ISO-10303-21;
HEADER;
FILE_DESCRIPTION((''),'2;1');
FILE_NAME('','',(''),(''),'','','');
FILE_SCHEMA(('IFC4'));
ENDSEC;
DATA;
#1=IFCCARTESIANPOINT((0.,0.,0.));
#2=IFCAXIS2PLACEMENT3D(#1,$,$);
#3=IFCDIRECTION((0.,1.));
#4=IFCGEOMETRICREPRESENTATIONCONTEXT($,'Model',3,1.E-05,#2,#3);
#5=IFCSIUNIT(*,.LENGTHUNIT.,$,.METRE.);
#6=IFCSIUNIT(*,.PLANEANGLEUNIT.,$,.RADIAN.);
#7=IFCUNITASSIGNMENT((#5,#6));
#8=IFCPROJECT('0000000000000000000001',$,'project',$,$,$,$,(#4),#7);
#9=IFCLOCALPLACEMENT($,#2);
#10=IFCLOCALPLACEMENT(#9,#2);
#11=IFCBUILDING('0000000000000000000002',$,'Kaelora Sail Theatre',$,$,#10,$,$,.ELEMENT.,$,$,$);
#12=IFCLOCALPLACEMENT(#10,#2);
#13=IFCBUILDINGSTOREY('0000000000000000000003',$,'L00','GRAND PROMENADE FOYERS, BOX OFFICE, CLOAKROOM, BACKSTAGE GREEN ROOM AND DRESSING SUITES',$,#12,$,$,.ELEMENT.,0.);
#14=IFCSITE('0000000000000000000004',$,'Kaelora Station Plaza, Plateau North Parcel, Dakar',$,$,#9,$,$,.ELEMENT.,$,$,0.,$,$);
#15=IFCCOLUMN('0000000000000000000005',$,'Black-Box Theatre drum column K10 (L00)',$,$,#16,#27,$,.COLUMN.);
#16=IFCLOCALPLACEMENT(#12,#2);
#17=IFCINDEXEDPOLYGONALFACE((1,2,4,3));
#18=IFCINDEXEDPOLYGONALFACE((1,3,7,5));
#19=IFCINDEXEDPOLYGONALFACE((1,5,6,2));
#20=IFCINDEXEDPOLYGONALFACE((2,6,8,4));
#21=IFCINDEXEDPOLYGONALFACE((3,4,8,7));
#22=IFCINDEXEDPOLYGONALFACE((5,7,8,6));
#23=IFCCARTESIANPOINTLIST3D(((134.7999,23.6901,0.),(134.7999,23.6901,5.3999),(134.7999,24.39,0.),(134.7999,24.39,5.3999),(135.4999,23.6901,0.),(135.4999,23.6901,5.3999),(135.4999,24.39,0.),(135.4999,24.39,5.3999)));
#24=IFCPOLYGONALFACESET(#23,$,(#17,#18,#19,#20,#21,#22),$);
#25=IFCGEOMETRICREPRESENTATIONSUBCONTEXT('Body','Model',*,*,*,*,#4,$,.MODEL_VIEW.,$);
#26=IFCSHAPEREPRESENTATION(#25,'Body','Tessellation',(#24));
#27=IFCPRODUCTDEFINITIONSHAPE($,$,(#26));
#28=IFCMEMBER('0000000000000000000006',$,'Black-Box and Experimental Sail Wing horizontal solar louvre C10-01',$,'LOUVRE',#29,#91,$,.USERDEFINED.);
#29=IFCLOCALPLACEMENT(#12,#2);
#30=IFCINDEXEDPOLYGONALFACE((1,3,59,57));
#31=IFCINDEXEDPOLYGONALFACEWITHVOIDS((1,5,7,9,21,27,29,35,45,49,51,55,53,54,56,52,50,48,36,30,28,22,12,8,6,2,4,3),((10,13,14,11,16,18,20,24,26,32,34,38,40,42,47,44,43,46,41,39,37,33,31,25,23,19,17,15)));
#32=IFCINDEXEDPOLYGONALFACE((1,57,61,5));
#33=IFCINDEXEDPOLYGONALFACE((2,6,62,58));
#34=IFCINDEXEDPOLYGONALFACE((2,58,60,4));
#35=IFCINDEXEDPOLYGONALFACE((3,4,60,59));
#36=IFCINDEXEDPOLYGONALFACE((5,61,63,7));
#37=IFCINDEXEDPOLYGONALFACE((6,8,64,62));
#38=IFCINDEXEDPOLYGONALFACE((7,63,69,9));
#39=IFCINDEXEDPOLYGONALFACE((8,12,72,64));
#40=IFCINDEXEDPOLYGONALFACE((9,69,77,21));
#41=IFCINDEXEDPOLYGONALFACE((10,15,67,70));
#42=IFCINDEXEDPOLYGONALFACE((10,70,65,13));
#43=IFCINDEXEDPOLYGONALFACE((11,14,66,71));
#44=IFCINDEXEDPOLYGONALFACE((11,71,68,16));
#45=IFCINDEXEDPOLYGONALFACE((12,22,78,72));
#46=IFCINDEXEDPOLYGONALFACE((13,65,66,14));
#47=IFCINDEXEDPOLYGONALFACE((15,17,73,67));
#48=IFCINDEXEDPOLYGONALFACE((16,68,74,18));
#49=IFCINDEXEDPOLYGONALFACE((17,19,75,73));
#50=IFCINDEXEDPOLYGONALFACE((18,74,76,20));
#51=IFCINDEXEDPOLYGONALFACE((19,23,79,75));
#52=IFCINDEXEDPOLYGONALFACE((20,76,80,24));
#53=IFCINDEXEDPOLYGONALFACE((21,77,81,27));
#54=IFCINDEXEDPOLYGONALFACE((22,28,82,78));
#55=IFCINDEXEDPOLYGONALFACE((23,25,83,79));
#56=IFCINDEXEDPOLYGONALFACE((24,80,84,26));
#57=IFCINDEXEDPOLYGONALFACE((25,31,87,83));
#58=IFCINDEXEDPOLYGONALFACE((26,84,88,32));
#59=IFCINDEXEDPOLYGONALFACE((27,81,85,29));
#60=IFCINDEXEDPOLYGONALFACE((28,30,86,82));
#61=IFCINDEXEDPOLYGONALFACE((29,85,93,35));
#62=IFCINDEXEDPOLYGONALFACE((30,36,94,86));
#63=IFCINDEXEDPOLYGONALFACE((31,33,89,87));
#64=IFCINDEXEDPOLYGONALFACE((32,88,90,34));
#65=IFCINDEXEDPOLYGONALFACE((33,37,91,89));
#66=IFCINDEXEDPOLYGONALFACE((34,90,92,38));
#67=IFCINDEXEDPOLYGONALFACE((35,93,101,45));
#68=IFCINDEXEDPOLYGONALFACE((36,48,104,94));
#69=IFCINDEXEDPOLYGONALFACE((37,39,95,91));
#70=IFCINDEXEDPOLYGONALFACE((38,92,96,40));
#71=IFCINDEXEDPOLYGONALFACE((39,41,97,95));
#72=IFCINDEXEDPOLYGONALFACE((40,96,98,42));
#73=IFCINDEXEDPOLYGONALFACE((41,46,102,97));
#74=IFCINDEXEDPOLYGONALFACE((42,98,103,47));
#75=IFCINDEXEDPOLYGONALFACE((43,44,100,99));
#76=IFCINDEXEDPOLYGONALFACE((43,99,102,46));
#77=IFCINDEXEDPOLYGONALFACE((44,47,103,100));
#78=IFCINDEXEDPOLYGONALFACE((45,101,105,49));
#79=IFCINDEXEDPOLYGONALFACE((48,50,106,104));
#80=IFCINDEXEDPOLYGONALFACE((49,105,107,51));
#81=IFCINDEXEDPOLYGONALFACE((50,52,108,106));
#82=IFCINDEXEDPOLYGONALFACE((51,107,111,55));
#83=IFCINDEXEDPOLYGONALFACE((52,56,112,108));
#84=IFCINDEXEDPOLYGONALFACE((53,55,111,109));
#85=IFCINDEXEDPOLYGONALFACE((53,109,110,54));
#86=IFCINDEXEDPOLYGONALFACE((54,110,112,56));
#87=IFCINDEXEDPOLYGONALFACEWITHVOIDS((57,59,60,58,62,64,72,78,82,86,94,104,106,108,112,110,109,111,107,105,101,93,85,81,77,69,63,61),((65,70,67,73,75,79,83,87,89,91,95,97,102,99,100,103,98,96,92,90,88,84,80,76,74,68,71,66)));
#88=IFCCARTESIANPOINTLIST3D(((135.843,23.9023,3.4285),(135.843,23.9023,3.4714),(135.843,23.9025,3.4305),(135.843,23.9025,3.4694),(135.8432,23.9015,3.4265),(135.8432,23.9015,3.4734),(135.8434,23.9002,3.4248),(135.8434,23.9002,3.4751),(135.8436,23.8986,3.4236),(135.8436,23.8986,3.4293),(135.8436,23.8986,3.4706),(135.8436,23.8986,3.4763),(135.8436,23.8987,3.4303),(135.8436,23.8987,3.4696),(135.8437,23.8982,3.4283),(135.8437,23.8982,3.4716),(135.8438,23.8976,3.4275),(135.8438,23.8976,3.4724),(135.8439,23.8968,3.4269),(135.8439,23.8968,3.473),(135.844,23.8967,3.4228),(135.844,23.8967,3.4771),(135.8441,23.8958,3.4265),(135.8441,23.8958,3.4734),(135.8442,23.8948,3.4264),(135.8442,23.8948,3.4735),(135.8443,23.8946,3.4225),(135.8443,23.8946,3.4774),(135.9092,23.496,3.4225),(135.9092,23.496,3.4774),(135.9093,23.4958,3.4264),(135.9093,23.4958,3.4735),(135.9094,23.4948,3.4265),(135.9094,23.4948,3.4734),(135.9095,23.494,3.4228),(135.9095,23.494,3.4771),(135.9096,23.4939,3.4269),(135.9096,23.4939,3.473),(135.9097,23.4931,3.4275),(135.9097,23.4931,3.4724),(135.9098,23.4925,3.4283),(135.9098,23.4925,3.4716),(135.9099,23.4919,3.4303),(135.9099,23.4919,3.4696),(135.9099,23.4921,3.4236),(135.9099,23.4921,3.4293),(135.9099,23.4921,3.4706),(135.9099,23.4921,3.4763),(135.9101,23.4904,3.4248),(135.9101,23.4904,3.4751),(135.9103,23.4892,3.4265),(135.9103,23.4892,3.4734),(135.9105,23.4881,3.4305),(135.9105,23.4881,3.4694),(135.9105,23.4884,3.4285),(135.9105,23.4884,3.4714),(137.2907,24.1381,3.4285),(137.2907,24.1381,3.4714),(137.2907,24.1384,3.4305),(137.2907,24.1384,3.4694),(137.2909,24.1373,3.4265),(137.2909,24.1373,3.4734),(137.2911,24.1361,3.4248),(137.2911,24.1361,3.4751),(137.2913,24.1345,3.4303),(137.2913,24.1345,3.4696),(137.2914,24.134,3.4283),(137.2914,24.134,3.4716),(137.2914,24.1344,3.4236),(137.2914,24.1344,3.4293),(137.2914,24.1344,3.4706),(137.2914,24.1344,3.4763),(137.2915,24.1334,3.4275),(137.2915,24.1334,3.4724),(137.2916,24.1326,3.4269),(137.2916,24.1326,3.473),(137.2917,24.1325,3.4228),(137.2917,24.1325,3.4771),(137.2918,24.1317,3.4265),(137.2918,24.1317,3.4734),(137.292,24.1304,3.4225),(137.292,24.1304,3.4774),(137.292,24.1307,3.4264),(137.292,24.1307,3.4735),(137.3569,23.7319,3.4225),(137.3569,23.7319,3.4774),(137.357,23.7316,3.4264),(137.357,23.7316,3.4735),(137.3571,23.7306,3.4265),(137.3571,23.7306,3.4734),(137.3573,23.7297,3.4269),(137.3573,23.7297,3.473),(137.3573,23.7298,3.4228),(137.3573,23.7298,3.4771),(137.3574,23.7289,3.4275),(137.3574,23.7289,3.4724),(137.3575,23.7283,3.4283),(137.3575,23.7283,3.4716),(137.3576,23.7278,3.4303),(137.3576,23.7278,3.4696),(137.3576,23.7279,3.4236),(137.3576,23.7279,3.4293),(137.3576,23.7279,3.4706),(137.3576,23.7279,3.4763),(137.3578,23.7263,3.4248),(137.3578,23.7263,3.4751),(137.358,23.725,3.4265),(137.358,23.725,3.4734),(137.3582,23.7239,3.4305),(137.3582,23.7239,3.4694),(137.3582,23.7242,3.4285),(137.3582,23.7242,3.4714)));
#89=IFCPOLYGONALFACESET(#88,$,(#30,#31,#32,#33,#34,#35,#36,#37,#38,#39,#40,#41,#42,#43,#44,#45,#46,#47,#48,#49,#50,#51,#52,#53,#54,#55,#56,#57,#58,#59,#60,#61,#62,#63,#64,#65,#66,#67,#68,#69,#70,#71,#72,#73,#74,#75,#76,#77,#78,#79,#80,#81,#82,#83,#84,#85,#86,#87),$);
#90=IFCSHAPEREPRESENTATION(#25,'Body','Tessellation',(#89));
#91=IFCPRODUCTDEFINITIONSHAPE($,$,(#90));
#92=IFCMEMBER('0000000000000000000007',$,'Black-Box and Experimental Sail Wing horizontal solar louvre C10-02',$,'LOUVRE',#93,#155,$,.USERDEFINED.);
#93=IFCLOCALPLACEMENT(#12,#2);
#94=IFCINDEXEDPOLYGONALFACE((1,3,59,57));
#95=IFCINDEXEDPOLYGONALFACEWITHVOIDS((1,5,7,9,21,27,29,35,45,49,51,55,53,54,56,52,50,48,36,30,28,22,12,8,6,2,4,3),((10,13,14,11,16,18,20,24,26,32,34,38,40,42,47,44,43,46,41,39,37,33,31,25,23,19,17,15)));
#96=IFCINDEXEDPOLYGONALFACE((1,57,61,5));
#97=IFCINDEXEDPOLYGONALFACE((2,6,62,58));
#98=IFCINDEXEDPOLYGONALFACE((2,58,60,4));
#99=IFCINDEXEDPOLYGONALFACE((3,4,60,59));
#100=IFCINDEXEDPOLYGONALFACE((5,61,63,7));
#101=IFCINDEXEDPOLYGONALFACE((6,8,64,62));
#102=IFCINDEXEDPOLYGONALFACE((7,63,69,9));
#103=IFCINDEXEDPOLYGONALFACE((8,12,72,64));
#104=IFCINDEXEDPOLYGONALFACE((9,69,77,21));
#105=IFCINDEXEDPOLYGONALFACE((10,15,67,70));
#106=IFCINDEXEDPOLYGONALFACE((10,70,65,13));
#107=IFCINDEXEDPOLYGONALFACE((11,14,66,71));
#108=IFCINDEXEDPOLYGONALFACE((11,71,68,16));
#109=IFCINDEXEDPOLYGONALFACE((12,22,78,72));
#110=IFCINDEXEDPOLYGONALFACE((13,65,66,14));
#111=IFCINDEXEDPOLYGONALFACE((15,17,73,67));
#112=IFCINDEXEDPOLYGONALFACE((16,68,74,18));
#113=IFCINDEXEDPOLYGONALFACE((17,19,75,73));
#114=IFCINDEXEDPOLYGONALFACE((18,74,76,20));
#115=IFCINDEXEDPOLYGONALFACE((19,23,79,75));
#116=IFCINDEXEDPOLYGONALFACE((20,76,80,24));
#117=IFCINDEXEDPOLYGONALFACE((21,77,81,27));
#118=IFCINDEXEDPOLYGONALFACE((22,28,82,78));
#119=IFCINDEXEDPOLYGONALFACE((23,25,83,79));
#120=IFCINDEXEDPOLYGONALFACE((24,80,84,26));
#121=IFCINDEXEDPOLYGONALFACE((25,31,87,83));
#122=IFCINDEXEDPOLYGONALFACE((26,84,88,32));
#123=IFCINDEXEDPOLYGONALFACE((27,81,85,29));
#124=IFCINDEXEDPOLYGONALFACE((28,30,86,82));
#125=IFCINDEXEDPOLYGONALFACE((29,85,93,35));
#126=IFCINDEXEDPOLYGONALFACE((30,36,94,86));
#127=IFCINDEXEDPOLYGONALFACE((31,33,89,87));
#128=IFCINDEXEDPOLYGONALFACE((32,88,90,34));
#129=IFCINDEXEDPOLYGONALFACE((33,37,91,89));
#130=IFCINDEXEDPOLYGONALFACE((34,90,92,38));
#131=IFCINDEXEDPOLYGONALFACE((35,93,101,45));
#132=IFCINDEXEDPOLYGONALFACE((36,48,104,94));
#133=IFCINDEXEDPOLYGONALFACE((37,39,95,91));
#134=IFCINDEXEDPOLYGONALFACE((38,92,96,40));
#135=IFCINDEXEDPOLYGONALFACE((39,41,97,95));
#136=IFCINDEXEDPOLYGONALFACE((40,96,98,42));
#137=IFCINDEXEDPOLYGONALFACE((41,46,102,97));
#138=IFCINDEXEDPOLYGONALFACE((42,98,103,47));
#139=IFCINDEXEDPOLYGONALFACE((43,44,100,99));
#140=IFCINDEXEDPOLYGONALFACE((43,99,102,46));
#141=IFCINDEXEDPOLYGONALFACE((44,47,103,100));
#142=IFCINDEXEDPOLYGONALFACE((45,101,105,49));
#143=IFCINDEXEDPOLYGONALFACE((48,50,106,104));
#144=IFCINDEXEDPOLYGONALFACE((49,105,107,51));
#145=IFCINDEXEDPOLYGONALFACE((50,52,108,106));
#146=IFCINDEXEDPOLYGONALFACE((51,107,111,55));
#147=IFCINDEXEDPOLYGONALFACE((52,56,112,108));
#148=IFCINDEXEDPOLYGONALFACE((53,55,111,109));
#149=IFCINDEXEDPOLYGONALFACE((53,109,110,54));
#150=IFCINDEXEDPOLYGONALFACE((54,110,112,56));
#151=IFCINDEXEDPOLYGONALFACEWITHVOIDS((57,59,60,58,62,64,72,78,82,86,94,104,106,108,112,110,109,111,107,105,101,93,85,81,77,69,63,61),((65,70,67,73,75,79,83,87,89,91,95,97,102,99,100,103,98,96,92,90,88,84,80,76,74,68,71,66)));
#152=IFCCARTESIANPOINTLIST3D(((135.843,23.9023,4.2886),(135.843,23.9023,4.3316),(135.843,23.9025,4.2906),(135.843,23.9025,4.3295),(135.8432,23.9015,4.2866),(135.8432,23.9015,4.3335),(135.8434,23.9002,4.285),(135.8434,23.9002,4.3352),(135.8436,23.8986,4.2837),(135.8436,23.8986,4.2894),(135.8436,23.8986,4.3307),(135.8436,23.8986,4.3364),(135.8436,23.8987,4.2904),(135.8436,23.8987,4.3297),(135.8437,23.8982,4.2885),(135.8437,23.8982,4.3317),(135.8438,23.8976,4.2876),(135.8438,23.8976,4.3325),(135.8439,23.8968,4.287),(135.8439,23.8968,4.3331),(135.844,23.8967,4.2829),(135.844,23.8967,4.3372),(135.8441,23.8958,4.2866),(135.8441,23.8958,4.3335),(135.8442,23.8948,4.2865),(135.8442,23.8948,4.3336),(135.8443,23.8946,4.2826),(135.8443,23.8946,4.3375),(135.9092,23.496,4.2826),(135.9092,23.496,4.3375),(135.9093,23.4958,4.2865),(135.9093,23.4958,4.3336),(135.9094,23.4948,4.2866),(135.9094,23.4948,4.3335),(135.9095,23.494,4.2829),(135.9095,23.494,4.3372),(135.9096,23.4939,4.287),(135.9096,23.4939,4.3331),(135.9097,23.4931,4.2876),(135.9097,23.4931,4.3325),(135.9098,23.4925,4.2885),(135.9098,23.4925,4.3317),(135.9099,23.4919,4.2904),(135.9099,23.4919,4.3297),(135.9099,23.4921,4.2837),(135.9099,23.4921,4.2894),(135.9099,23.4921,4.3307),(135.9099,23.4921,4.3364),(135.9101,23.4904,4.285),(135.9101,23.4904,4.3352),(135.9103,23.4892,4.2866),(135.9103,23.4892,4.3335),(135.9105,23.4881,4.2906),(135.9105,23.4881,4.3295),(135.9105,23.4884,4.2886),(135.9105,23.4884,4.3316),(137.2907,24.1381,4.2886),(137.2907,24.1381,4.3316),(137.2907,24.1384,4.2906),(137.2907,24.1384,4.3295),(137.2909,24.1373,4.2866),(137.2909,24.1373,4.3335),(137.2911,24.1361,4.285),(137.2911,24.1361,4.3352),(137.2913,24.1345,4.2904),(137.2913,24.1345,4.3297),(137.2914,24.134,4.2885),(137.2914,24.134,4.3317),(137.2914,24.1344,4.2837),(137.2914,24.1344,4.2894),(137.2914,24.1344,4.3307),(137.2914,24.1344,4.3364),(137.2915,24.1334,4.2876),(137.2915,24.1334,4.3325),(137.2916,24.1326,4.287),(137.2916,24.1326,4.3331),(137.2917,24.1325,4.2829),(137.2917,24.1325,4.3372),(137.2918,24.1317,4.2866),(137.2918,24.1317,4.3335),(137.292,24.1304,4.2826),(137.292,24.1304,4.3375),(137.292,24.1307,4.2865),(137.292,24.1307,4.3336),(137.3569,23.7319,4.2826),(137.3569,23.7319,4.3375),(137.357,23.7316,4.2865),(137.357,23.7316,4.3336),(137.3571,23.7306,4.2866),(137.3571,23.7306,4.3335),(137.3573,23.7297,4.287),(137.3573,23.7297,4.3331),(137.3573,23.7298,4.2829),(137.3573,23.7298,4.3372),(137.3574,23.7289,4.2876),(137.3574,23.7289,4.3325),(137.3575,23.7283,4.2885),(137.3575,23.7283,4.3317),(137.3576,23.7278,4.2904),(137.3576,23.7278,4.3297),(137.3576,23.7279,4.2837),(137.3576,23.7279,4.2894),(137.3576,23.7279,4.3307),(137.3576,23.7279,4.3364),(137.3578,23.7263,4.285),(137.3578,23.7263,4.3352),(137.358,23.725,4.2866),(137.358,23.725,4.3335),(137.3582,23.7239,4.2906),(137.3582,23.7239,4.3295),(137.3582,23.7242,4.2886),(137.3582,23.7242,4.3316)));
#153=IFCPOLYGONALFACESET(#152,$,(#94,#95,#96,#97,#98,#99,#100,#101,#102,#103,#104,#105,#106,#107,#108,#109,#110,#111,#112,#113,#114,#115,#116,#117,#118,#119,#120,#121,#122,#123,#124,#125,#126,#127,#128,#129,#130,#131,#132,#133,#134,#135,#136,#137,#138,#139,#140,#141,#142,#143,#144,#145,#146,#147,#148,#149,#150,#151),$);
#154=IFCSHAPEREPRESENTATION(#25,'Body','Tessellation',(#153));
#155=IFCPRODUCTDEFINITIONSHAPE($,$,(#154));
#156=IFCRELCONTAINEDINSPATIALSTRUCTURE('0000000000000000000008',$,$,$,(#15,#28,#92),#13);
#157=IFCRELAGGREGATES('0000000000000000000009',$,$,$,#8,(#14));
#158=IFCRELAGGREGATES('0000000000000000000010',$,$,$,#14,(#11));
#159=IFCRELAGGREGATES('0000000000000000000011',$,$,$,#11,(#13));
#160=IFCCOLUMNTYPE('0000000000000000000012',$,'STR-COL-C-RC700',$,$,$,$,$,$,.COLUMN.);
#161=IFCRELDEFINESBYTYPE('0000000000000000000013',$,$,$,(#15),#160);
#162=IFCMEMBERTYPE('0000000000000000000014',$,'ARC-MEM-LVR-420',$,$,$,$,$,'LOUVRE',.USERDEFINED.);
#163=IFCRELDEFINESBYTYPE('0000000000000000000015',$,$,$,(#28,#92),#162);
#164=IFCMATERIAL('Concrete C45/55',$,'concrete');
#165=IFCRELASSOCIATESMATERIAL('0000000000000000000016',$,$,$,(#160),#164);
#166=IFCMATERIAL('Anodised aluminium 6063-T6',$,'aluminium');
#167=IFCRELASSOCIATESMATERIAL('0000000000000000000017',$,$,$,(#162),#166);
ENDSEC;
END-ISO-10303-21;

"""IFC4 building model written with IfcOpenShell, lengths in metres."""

from ifc_helpers import new_model, si_unit, direction, frame, origin, origin_2d, place, context, subcontext, project, spatial, rectangle, hollow_rectangle, extrude, material, material_profile, profile_set, type_object, element, save


model = new_model("IFC4")

# Units and contexts
model_context = context("Model", 3, precision=1e-05, world=origin(), true_north=direction((0.0, 1.0)))
body_context = subcontext(model_context, "Body", "Model", "MODEL_VIEW")
ifc_project = project(units=[si_unit("LENGTHUNIT", "METRE"), si_unit("PLANEANGLEUNIT", "RADIAN")], contexts=[model_context])

# Site, building, storey
site_placement = place(None, origin())
site = spatial("IfcSite", under=ifc_project, at=site_placement, Name="Kaelora Station Plaza, Plateau North Parcel, Dakar", CompositionType="ELEMENT", RefElevation=0.0)
building_placement = place(site_placement, origin())
building = spatial("IfcBuilding", under=site, at=building_placement, Name="Kaelora Sail Theatre", CompositionType="ELEMENT")
storey_placement = place(building_placement, origin())
storey = spatial("IfcBuildingStorey", under=building, at=storey_placement, Name="L00", Description="GRAND PROMENADE FOYERS, BOX OFFICE, CLOAKROOM, BACKSTAGE GREEN ROOM AND DRESSING SUITES", CompositionType="ELEMENT", Elevation=0.0)

# Column
ifc_material_1 = material(Name="Concrete C45/55", Category="concrete")
ifc_material_profile_1 = material_profile(ifc_material_1, rectangle(XDim=0.7, YDim=0.7, at=origin_2d()), Name="RC-COL 700x700")
ifc_profile_set_1 = profile_set([ifc_material_profile_1], Name="Concrete C45/55")
column_type = type_object("IfcColumnType", Name="STR-COL-C-RC700", PredefinedType="COLUMN", material=ifc_profile_set_1)
column_placement = place(storey_placement, frame((135.1499, 24.04, 0.0), z_axis=(0.0, 0.0, 1.0), x_axis=(1.0, 0.0, 0.0)))
element("IfcColumn", 1, at=column_placement, inside=storey, type_object=column_type, Name="Black-Box Theatre drum column K10 (L00)", PredefinedType="COLUMN", context=body_context, shape_type="SweptSolid", body=[
    extrude(rectangle(XDim=0.7, YDim=0.7, at=origin_2d()), origin(), (0.0, 0.0, 1.0), 5.3999),
])

# Members
ifc_material_2 = material(Name="Anodised aluminium 6063-T6", Category="aluminium")
ifc_material_profile_2 = material_profile(ifc_material_2, hollow_rectangle(XDim=0.4199, YDim=0.0549, WallThickness=0.0039, InnerFilletRadius=0.0039, OuterFilletRadius=0.0081, at=origin_2d()), Name="LOUVRE 420x55x4")
ifc_profile_set_2 = profile_set([ifc_material_profile_2], Name="Anodised aluminium 6063-T6")
member_type_1 = type_object("IfcMemberType", Name="ARC-MEM-LVR-420", ElementType="LOUVRE", PredefinedType="USERDEFINED", material=ifc_profile_set_2)
for number, where, z_axis, x_axis, name in (
    (2, (137.3245, 23.9312, 3.45), (-0.98699, -0.160781, 0.0), (0.160781, -0.98699, 0.0), "Black-Box and Experimental Sail Wing horizontal solar louvre C10-01"),
    (3, (137.3245, 23.9312, 4.3101), (-0.98699, -0.160781, 0.0), (0.160781, -0.98699, 0.0), "Black-Box and Experimental Sail Wing horizontal solar louvre C10-02"),
):
    element("IfcMember", number, at=place(storey_placement, frame(where, z_axis=z_axis, x_axis=x_axis)), inside=storey, type_object=member_type_1, Name=name, ObjectType="LOUVRE", PredefinedType="USERDEFINED", context=body_context, shape_type="SweptSolid", body=[
        extrude(hollow_rectangle(XDim=0.4199, YDim=0.0549, WallThickness=0.0039, InnerFilletRadius=0.0039, OuterFilletRadius=0.0081, at=origin_2d()), origin(), (0.0, 0.0, 1.0), 1.4668),
    ])

save(model, "model.ifc")
